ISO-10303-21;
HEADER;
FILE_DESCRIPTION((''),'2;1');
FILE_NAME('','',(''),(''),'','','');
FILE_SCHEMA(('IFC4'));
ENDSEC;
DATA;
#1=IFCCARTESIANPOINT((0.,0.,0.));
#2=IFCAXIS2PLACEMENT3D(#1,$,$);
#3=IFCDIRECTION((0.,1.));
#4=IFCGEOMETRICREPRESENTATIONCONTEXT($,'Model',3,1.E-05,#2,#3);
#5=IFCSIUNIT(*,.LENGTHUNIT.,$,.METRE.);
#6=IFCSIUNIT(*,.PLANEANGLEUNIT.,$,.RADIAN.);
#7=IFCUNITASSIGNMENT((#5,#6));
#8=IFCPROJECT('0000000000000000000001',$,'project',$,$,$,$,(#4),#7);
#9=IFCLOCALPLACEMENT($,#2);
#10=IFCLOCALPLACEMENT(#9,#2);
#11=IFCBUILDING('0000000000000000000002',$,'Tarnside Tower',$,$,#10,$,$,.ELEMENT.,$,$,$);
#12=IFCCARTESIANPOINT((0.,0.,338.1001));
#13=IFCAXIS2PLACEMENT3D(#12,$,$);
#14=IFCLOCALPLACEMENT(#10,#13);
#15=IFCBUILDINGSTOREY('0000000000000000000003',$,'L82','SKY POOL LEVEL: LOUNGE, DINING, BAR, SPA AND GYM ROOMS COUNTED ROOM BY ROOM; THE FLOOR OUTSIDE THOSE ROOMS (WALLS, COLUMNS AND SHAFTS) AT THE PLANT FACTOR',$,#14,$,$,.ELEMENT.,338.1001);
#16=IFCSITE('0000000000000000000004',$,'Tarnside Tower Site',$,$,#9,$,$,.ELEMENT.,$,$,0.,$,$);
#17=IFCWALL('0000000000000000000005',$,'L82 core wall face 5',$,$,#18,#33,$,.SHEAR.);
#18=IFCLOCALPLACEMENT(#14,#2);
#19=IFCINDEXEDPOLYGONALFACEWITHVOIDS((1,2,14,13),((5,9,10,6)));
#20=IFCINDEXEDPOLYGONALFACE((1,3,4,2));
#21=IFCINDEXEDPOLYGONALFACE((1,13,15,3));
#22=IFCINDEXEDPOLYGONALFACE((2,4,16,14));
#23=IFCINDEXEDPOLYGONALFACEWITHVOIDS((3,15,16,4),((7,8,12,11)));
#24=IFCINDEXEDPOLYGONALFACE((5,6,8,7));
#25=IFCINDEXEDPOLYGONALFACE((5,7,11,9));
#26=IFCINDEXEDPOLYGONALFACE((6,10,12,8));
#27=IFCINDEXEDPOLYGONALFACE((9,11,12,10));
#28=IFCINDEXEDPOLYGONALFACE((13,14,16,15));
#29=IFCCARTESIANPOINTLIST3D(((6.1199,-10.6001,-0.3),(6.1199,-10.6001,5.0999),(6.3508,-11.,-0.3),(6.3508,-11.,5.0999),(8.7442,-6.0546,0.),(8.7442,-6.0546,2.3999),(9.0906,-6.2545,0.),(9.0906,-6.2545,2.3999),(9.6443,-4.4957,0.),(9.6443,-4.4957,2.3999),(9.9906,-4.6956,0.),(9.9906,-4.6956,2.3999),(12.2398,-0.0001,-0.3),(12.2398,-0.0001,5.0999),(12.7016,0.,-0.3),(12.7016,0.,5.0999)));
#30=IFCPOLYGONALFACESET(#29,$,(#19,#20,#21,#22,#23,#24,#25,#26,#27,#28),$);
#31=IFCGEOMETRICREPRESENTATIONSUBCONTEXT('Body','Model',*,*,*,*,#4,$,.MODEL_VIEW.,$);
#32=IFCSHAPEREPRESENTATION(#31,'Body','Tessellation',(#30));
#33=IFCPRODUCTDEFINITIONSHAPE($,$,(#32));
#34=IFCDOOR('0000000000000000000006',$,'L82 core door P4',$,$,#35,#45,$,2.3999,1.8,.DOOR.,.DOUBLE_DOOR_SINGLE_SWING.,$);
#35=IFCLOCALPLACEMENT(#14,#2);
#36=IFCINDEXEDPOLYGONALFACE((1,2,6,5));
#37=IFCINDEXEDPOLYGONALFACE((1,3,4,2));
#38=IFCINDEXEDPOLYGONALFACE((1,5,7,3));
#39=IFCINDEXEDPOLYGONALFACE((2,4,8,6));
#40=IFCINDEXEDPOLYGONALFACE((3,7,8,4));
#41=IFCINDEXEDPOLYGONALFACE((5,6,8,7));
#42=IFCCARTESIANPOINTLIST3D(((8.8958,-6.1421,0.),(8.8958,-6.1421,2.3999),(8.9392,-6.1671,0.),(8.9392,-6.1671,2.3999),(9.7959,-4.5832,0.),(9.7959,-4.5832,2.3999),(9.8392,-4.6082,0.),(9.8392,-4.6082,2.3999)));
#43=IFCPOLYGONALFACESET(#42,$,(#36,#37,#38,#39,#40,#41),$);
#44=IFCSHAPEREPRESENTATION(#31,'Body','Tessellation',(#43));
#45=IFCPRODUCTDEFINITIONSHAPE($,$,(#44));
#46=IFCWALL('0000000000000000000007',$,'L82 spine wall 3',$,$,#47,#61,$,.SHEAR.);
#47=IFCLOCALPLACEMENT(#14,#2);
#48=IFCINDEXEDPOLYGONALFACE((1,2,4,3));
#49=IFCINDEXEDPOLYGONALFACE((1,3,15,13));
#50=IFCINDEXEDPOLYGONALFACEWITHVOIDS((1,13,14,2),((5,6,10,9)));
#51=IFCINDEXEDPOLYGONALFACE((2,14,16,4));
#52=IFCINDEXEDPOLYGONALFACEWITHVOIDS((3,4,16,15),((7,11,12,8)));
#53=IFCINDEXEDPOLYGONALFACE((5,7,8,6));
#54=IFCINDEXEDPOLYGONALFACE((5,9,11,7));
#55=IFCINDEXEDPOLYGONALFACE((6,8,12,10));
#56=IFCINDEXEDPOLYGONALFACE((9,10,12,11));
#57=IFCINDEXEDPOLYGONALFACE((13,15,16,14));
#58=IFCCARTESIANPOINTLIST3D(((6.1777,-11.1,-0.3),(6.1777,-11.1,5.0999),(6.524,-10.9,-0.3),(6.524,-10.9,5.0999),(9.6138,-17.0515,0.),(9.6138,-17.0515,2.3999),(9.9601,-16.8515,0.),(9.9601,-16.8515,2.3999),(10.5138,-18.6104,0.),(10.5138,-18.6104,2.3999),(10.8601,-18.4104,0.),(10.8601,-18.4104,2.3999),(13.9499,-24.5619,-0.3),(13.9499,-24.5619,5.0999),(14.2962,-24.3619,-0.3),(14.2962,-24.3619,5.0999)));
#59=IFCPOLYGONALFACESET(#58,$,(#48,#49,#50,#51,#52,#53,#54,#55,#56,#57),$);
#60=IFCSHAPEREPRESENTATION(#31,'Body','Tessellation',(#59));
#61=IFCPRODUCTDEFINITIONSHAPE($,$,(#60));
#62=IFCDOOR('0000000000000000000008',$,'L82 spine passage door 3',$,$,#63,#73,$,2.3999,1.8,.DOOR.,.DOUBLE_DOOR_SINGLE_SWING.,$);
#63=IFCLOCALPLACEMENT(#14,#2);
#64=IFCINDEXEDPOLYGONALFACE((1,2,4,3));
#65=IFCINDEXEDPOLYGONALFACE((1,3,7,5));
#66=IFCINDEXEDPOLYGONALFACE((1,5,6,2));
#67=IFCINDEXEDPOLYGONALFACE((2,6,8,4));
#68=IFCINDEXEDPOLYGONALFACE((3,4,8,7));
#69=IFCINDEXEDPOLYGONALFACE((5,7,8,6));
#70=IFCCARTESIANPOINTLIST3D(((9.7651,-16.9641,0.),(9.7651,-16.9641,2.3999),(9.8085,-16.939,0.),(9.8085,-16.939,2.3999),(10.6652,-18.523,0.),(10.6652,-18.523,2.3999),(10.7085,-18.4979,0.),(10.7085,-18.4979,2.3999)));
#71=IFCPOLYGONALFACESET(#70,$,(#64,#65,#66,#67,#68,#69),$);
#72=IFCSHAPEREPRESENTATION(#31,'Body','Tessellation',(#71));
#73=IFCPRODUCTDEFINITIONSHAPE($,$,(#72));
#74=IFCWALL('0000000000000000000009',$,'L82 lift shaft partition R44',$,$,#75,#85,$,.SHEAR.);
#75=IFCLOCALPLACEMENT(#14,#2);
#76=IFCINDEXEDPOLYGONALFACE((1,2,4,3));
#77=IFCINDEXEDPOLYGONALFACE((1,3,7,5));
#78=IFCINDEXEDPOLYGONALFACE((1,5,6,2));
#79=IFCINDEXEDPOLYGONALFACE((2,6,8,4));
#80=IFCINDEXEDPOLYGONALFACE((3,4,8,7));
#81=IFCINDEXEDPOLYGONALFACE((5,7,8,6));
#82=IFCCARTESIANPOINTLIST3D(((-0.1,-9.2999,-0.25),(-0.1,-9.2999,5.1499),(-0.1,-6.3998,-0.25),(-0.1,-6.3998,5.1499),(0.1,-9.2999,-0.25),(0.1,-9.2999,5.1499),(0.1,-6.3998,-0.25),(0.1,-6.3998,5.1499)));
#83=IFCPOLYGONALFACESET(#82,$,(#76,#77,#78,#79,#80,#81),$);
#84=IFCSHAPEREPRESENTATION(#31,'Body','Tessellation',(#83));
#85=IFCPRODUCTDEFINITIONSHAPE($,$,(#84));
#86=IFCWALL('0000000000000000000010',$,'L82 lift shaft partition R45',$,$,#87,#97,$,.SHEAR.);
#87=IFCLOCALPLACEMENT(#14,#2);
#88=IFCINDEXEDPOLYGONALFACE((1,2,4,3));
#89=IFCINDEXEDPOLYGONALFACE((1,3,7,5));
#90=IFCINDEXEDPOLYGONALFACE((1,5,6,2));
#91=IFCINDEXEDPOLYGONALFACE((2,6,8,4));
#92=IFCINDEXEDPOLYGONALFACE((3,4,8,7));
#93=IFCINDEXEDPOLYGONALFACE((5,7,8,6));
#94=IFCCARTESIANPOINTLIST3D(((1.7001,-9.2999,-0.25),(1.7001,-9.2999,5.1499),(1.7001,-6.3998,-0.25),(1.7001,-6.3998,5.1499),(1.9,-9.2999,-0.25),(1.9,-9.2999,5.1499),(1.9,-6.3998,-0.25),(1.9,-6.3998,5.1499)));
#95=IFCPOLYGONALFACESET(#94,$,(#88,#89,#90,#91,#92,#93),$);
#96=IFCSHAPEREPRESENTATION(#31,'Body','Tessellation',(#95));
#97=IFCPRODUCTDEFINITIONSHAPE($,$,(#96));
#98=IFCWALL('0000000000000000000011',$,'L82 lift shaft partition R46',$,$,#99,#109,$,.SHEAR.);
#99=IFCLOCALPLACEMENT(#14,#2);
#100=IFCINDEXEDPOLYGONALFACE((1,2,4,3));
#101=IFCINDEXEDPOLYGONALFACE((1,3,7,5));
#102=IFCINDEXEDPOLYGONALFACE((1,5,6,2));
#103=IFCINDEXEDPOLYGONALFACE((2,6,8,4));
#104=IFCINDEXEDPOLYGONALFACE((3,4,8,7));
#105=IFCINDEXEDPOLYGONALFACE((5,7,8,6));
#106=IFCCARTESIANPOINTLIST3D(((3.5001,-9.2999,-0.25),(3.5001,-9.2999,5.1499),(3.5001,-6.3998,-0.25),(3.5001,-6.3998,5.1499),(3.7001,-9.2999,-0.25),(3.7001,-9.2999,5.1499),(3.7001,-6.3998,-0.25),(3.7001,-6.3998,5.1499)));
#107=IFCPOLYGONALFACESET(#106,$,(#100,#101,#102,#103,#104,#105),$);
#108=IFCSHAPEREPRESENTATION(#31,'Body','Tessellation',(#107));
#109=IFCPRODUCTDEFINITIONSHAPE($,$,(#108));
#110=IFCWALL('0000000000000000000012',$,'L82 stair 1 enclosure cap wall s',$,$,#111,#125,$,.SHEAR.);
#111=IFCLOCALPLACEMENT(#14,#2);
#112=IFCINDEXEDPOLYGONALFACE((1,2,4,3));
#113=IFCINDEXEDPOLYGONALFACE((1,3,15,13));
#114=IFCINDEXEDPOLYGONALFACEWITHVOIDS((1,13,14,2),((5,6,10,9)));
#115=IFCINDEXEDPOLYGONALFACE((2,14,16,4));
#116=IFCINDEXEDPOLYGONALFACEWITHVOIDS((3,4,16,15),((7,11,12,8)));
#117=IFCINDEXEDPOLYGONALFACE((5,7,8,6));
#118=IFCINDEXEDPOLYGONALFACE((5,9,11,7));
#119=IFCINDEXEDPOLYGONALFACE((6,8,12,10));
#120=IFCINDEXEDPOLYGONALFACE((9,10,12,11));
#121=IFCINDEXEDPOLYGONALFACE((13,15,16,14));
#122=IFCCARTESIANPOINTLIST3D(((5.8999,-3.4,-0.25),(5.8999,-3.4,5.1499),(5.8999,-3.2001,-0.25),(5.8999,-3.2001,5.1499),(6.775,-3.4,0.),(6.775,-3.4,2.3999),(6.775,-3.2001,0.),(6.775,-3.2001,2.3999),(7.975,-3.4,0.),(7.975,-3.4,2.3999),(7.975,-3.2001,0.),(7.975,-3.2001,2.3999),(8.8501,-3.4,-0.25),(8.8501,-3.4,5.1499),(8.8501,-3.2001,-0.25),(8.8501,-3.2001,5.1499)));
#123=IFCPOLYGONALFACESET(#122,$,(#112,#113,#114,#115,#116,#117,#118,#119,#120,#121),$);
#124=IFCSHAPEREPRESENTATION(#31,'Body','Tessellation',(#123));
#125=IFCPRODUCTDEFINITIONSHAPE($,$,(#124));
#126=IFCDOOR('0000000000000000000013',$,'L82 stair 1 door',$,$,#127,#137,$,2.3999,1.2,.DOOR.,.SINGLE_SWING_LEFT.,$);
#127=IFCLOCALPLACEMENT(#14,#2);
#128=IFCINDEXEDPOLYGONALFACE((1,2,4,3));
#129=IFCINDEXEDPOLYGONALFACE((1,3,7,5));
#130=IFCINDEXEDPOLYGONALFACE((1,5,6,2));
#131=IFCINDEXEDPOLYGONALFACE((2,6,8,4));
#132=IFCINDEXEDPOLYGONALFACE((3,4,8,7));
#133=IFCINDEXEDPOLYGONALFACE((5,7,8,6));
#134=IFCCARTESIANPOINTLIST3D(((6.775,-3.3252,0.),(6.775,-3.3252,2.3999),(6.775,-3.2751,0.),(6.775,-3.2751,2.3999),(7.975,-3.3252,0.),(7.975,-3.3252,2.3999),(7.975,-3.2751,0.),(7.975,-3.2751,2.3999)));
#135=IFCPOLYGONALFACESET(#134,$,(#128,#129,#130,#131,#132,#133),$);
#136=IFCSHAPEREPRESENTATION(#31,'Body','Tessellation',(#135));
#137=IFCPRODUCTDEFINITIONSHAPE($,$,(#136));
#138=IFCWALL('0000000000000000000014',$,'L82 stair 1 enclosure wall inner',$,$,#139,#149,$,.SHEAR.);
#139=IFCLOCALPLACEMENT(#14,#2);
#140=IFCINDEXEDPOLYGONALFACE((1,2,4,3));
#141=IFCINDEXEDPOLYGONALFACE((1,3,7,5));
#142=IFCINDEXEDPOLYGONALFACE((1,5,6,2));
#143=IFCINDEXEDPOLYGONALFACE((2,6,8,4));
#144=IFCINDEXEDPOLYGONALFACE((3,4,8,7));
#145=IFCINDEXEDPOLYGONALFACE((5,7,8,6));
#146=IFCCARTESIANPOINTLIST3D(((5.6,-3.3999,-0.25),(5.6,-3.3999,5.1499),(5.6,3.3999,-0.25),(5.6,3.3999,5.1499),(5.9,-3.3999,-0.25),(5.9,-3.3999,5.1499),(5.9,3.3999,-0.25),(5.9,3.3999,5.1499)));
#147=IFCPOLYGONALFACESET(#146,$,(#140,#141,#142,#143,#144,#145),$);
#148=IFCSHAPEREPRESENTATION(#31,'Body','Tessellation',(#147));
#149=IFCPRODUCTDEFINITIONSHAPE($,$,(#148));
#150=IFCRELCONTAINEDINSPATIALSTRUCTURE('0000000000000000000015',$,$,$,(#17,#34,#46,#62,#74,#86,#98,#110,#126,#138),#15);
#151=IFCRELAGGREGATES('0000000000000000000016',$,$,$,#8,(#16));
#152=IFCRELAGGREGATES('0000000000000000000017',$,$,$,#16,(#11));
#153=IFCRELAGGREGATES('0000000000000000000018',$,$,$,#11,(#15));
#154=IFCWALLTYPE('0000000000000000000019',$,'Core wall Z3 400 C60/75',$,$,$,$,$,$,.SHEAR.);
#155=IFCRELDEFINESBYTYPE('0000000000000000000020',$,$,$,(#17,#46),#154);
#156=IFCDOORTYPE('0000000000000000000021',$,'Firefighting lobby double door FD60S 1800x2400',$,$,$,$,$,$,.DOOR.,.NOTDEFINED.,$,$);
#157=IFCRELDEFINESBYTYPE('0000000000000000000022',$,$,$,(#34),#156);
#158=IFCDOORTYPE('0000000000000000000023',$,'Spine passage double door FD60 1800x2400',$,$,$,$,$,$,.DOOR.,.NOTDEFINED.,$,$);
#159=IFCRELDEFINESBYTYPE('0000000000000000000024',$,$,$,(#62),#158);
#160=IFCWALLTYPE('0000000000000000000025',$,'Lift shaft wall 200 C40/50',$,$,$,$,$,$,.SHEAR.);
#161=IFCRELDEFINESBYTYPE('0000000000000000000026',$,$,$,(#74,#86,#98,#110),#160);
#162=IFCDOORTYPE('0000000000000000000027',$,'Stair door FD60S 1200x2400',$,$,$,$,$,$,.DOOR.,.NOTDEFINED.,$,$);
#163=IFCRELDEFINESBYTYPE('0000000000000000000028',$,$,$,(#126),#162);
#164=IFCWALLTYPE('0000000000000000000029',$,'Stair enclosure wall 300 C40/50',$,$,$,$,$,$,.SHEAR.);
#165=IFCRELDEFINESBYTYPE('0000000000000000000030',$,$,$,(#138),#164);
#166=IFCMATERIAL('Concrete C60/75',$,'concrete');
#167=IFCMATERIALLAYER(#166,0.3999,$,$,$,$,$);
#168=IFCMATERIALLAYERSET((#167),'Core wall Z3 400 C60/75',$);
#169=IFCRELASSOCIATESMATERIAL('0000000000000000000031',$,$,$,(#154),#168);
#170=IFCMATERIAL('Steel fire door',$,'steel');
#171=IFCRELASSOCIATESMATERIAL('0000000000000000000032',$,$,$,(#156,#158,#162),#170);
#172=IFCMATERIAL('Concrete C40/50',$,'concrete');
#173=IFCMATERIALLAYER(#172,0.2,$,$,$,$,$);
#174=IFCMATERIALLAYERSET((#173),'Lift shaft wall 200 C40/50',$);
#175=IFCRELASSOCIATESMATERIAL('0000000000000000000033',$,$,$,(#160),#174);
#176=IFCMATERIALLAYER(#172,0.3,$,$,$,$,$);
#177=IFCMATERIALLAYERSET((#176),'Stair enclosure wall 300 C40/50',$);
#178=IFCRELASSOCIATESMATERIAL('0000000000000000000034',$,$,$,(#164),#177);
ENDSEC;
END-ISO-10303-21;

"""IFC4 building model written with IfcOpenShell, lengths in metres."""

from ifc_helpers import new_model, si_unit, direction, frame, frame_2d, origin, place, context, subcontext, project, spatial, polyline, rectangle, outline, extrude, material, layer, layer_set, type_object, element, fill, save


model = new_model("IFC4")

# Units and contexts
model_context = context("Model", 3, precision=1e-05, world=origin(), true_north=direction((0.0, 1.0)))
body_context = subcontext(model_context, "Body", "Model", "MODEL_VIEW")
ifc_project = project(units=[si_unit("LENGTHUNIT", "METRE"), si_unit("PLANEANGLEUNIT", "RADIAN")], contexts=[model_context])

# Site, building, storey
site_placement = place(None, origin())
site = spatial("IfcSite", under=ifc_project, at=site_placement, Name="Tarnside Tower Site", CompositionType="ELEMENT", RefElevation=0.0)
building_placement = place(site_placement, origin())
building = spatial("IfcBuilding", under=site, at=building_placement, Name="Tarnside Tower", CompositionType="ELEMENT")
storey_placement = place(building_placement, frame((0.0, 0.0, 338.1001)))
storey = spatial("IfcBuildingStorey", under=building, at=storey_placement, Name="L82", Description="SKY POOL LEVEL: LOUNGE, DINING, BAR, SPA AND GYM ROOMS COUNTED ROOM BY ROOM; THE FLOOR OUTSIDE THOSE ROOMS (WALLS, COLUMNS AND SHAFTS) AT THE PLANT FACTOR", CompositionType="ELEMENT", Elevation=338.1001)

# Shared definitions
ifc_material_1 = material(Name="Concrete C40/50", Category="concrete")
ifc_material_2 = material(Name="Steel fire door", Category="steel")

# Walls, openings, doors
ifc_material_3 = material(Name="Concrete C60/75", Category="concrete")
ifc_layer_1 = layer(ifc_material_3, 0.3999)
ifc_layer_set_1 = layer_set([ifc_layer_1], Name="Core wall Z3 400 C60/75")
wall_type_1 = type_object("IfcWallType", Name="Core wall Z3 400 C60/75", PredefinedType="SHEAR", material=ifc_layer_set_1)
wall_1_placement = place(storey_placement, frame((6.2354, -10.8, -0.3), z_axis=(0.0, 0.0, 1.0), x_axis=(0.499996, 0.866027, 0.0)))
wall_1 = element("IfcWall", 1, at=wall_1_placement, inside=storey, type_object=wall_type_1, Name="L82 core wall face 5", PredefinedType="SHEAR", context=body_context, shape_type="SweptSolid", body=[
    extrude(outline(polyline([(-0.1155, -0.2), (12.5862, -0.2), (12.3552, 0.2), (0.1155, 0.2), (-0.1155, -0.2)])), origin(), (0.0, 0.0, 1.0), 5.3999),
])
opening_1_placement = place(wall_1_placement, frame((5.3643, 0.0, 0.3)))
opening_1 = element("IfcOpeningElement", 2, at=opening_1_placement, cuts=wall_1, PredefinedType="OPENING", context=body_context, shape_type="SweptSolid", body=[
    extrude(rectangle(XDim=1.8, YDim=2.3999, at=frame_2d((0.8999, 1.2))), frame((0.0, 0.21, 0.0), z_axis=(0.0, -1.0, 0.0), x_axis=(1.0, 0.0, 0.0)), (0.0, 0.0, 1.0), 0.4199),
])
door_type_1 = type_object("IfcDoorType", Name="Firefighting lobby double door FD60S 1800x2400", OperationType="NOTDEFINED", PredefinedType="DOOR", material=ifc_material_2)
door_1_placement = place(opening_1_placement, origin())
door_1 = element("IfcDoor", 3, at=door_1_placement, inside=storey, type_object=door_type_1, Name="L82 core door P4", OperationType="DOUBLE_DOOR_SINGLE_SWING", OverallHeight=2.3999, OverallWidth=1.8, PredefinedType="DOOR", context=body_context, shape_type="SweptSolid", body=[
    extrude(rectangle(XDim=1.8, YDim=2.3999, at=frame_2d((0.8999, 1.2))), frame((0.0, 0.0249, 0.0), z_axis=(0.0, -1.0, 0.0), x_axis=(1.0, 0.0, 0.0)), (0.0, 0.0, 1.0), 0.05),
])
fill(opening_1, door_1)
wall_2_placement = place(storey_placement, frame((6.3508, -11.0, -0.3), z_axis=(0.0, 0.0, 1.0), x_axis=(0.499999, -0.866026, 0.0)))
wall_2 = element("IfcWall", 4, at=wall_2_placement, inside=storey, type_object=wall_type_1, Name="L82 spine wall 3", PredefinedType="SHEAR", context=body_context, shape_type="SweptSolid", body=[
    extrude(rectangle(XDim=15.5444, YDim=0.3999, at=frame_2d((7.7722, 0.0))), origin(), (0.0, 0.0, 1.0), 5.3999),
])
opening_2_placement = place(wall_2_placement, frame((6.8723, 0.0, 0.3)))
opening_2 = element("IfcOpeningElement", 5, at=opening_2_placement, cuts=wall_2, PredefinedType="OPENING", context=body_context, shape_type="SweptSolid", body=[
    extrude(rectangle(XDim=1.8, YDim=2.3999, at=frame_2d((0.8999, 1.2))), frame((0.0, 0.21, 0.0), z_axis=(0.0, -1.0, 0.0), x_axis=(1.0, 0.0, 0.0)), (0.0, 0.0, 1.0), 0.4199),
])
door_type_2 = type_object("IfcDoorType", Name="Spine passage double door FD60 1800x2400", OperationType="NOTDEFINED", PredefinedType="DOOR", material=ifc_material_2)
door_2_placement = place(opening_2_placement, origin())
door_2 = element("IfcDoor", 6, at=door_2_placement, inside=storey, type_object=door_type_2, Name="L82 spine passage door 3", OperationType="DOUBLE_DOOR_SINGLE_SWING", OverallHeight=2.3999, OverallWidth=1.8, PredefinedType="DOOR", context=body_context, shape_type="SweptSolid", body=[
    extrude(rectangle(XDim=1.8, YDim=2.3999, at=frame_2d((0.8999, 1.2))), frame((0.0, 0.0249, 0.0), z_axis=(0.0, -1.0, 0.0), x_axis=(1.0, 0.0, 0.0)), (0.0, 0.0, 1.0), 0.05),
])
fill(opening_2, door_2)

# Walls
ifc_layer_2 = layer(ifc_material_1, 0.2)
ifc_layer_set_2 = layer_set([ifc_layer_2], Name="Lift shaft wall 200 C40/50")
wall_type_2 = type_object("IfcWallType", Name="Lift shaft wall 200 C40/50", PredefinedType="SHEAR", material=ifc_layer_set_2)
for number, where, z_axis, x_axis, name in (
    (7, (0.0, -9.3, -0.25), (0.0, 0.0, 1.0), (0.0, 1.0, 0.0), "L82 lift shaft partition R44"),
    (8, (1.8, -9.3, -0.25), (0.0, 0.0, 1.0), (0.0, 1.0, 0.0), "L82 lift shaft partition R45"),
    (9, (3.6001, -9.3, -0.25), (0.0, 0.0, 1.0), (0.0, 1.0, 0.0), "L82 lift shaft partition R46"),
):
    element("IfcWall", number, at=place(storey_placement, frame(where, z_axis=z_axis, x_axis=x_axis)), inside=storey, type_object=wall_type_2, Name=name, PredefinedType="SHEAR", context=body_context, shape_type="SweptSolid", body=[
        extrude(rectangle(XDim=2.9001, YDim=0.2, at=frame_2d((1.4502, 0.0))), origin(), (0.0, 0.0, 1.0), 5.3999),
    ])

# Wall, opening, door
wall_3_placement = place(storey_placement, frame((5.8999, -3.3, -0.25), z_axis=(0.0, 0.0, 1.0), x_axis=(1.0, 0.0, 0.0)))
wall_3 = element("IfcWall", 10, at=wall_3_placement, inside=storey, type_object=wall_type_2, Name="L82 stair 1 enclosure cap wall s", PredefinedType="SHEAR", context=body_context, shape_type="SweptSolid", body=[
    extrude(rectangle(XDim=2.9502, YDim=0.2, at=frame_2d((1.4751, 0.0))), origin(), (0.0, 0.0, 1.0), 5.3999),
])
opening_3_placement = place(wall_3_placement, frame((0.875, 0.0, 0.25)))
opening_3 = element("IfcOpeningElement", 11, at=opening_3_placement, cuts=wall_3, PredefinedType="OPENING", context=body_context, shape_type="SweptSolid", body=[
    extrude(rectangle(XDim=1.2, YDim=2.3999, at=frame_2d((0.6001, 1.2))), frame((0.0, 0.1099, 0.0), z_axis=(0.0, -1.0, 0.0), x_axis=(1.0, 0.0, 0.0)), (0.0, 0.0, 1.0), 0.22),
])
door_type_3 = type_object("IfcDoorType", Name="Stair door FD60S 1200x2400", OperationType="NOTDEFINED", PredefinedType="DOOR", material=ifc_material_2)
door_3_placement = place(opening_3_placement, origin())
door_3 = element("IfcDoor", 12, at=door_3_placement, inside=storey, type_object=door_type_3, Name="L82 stair 1 door", OperationType="SINGLE_SWING_LEFT", OverallHeight=2.3999, OverallWidth=1.2, PredefinedType="DOOR", context=body_context, shape_type="SweptSolid", body=[
    extrude(rectangle(XDim=1.2, YDim=2.3999, at=frame_2d((0.6001, 1.2))), frame((0.0, 0.0249, 0.0), z_axis=(0.0, -1.0, 0.0), x_axis=(1.0, 0.0, 0.0)), (0.0, 0.0, 1.0), 0.05),
])
fill(opening_3, door_3)

# Wall
ifc_layer_3 = layer(ifc_material_1, 0.3)
ifc_layer_set_3 = layer_set([ifc_layer_3], Name="Stair enclosure wall 300 C40/50")
wall_type_3 = type_object("IfcWallType", Name="Stair enclosure wall 300 C40/50", PredefinedType="SHEAR", material=ifc_layer_set_3)
wall_4_placement = place(storey_placement, frame((5.75, -3.3999, -0.25), z_axis=(0.0, 0.0, 1.0), x_axis=(0.0, 1.0, 0.0)))
element("IfcWall", 13, at=wall_4_placement, inside=storey, type_object=wall_type_3, Name="L82 stair 1 enclosure wall inner", PredefinedType="SHEAR", context=body_context, shape_type="SweptSolid", body=[
    extrude(rectangle(XDim=6.7998, YDim=0.3, at=frame_2d((3.3999, 0.0))), origin(), (0.0, 0.0, 1.0), 5.3999),
])

save(model, "model.ifc")
